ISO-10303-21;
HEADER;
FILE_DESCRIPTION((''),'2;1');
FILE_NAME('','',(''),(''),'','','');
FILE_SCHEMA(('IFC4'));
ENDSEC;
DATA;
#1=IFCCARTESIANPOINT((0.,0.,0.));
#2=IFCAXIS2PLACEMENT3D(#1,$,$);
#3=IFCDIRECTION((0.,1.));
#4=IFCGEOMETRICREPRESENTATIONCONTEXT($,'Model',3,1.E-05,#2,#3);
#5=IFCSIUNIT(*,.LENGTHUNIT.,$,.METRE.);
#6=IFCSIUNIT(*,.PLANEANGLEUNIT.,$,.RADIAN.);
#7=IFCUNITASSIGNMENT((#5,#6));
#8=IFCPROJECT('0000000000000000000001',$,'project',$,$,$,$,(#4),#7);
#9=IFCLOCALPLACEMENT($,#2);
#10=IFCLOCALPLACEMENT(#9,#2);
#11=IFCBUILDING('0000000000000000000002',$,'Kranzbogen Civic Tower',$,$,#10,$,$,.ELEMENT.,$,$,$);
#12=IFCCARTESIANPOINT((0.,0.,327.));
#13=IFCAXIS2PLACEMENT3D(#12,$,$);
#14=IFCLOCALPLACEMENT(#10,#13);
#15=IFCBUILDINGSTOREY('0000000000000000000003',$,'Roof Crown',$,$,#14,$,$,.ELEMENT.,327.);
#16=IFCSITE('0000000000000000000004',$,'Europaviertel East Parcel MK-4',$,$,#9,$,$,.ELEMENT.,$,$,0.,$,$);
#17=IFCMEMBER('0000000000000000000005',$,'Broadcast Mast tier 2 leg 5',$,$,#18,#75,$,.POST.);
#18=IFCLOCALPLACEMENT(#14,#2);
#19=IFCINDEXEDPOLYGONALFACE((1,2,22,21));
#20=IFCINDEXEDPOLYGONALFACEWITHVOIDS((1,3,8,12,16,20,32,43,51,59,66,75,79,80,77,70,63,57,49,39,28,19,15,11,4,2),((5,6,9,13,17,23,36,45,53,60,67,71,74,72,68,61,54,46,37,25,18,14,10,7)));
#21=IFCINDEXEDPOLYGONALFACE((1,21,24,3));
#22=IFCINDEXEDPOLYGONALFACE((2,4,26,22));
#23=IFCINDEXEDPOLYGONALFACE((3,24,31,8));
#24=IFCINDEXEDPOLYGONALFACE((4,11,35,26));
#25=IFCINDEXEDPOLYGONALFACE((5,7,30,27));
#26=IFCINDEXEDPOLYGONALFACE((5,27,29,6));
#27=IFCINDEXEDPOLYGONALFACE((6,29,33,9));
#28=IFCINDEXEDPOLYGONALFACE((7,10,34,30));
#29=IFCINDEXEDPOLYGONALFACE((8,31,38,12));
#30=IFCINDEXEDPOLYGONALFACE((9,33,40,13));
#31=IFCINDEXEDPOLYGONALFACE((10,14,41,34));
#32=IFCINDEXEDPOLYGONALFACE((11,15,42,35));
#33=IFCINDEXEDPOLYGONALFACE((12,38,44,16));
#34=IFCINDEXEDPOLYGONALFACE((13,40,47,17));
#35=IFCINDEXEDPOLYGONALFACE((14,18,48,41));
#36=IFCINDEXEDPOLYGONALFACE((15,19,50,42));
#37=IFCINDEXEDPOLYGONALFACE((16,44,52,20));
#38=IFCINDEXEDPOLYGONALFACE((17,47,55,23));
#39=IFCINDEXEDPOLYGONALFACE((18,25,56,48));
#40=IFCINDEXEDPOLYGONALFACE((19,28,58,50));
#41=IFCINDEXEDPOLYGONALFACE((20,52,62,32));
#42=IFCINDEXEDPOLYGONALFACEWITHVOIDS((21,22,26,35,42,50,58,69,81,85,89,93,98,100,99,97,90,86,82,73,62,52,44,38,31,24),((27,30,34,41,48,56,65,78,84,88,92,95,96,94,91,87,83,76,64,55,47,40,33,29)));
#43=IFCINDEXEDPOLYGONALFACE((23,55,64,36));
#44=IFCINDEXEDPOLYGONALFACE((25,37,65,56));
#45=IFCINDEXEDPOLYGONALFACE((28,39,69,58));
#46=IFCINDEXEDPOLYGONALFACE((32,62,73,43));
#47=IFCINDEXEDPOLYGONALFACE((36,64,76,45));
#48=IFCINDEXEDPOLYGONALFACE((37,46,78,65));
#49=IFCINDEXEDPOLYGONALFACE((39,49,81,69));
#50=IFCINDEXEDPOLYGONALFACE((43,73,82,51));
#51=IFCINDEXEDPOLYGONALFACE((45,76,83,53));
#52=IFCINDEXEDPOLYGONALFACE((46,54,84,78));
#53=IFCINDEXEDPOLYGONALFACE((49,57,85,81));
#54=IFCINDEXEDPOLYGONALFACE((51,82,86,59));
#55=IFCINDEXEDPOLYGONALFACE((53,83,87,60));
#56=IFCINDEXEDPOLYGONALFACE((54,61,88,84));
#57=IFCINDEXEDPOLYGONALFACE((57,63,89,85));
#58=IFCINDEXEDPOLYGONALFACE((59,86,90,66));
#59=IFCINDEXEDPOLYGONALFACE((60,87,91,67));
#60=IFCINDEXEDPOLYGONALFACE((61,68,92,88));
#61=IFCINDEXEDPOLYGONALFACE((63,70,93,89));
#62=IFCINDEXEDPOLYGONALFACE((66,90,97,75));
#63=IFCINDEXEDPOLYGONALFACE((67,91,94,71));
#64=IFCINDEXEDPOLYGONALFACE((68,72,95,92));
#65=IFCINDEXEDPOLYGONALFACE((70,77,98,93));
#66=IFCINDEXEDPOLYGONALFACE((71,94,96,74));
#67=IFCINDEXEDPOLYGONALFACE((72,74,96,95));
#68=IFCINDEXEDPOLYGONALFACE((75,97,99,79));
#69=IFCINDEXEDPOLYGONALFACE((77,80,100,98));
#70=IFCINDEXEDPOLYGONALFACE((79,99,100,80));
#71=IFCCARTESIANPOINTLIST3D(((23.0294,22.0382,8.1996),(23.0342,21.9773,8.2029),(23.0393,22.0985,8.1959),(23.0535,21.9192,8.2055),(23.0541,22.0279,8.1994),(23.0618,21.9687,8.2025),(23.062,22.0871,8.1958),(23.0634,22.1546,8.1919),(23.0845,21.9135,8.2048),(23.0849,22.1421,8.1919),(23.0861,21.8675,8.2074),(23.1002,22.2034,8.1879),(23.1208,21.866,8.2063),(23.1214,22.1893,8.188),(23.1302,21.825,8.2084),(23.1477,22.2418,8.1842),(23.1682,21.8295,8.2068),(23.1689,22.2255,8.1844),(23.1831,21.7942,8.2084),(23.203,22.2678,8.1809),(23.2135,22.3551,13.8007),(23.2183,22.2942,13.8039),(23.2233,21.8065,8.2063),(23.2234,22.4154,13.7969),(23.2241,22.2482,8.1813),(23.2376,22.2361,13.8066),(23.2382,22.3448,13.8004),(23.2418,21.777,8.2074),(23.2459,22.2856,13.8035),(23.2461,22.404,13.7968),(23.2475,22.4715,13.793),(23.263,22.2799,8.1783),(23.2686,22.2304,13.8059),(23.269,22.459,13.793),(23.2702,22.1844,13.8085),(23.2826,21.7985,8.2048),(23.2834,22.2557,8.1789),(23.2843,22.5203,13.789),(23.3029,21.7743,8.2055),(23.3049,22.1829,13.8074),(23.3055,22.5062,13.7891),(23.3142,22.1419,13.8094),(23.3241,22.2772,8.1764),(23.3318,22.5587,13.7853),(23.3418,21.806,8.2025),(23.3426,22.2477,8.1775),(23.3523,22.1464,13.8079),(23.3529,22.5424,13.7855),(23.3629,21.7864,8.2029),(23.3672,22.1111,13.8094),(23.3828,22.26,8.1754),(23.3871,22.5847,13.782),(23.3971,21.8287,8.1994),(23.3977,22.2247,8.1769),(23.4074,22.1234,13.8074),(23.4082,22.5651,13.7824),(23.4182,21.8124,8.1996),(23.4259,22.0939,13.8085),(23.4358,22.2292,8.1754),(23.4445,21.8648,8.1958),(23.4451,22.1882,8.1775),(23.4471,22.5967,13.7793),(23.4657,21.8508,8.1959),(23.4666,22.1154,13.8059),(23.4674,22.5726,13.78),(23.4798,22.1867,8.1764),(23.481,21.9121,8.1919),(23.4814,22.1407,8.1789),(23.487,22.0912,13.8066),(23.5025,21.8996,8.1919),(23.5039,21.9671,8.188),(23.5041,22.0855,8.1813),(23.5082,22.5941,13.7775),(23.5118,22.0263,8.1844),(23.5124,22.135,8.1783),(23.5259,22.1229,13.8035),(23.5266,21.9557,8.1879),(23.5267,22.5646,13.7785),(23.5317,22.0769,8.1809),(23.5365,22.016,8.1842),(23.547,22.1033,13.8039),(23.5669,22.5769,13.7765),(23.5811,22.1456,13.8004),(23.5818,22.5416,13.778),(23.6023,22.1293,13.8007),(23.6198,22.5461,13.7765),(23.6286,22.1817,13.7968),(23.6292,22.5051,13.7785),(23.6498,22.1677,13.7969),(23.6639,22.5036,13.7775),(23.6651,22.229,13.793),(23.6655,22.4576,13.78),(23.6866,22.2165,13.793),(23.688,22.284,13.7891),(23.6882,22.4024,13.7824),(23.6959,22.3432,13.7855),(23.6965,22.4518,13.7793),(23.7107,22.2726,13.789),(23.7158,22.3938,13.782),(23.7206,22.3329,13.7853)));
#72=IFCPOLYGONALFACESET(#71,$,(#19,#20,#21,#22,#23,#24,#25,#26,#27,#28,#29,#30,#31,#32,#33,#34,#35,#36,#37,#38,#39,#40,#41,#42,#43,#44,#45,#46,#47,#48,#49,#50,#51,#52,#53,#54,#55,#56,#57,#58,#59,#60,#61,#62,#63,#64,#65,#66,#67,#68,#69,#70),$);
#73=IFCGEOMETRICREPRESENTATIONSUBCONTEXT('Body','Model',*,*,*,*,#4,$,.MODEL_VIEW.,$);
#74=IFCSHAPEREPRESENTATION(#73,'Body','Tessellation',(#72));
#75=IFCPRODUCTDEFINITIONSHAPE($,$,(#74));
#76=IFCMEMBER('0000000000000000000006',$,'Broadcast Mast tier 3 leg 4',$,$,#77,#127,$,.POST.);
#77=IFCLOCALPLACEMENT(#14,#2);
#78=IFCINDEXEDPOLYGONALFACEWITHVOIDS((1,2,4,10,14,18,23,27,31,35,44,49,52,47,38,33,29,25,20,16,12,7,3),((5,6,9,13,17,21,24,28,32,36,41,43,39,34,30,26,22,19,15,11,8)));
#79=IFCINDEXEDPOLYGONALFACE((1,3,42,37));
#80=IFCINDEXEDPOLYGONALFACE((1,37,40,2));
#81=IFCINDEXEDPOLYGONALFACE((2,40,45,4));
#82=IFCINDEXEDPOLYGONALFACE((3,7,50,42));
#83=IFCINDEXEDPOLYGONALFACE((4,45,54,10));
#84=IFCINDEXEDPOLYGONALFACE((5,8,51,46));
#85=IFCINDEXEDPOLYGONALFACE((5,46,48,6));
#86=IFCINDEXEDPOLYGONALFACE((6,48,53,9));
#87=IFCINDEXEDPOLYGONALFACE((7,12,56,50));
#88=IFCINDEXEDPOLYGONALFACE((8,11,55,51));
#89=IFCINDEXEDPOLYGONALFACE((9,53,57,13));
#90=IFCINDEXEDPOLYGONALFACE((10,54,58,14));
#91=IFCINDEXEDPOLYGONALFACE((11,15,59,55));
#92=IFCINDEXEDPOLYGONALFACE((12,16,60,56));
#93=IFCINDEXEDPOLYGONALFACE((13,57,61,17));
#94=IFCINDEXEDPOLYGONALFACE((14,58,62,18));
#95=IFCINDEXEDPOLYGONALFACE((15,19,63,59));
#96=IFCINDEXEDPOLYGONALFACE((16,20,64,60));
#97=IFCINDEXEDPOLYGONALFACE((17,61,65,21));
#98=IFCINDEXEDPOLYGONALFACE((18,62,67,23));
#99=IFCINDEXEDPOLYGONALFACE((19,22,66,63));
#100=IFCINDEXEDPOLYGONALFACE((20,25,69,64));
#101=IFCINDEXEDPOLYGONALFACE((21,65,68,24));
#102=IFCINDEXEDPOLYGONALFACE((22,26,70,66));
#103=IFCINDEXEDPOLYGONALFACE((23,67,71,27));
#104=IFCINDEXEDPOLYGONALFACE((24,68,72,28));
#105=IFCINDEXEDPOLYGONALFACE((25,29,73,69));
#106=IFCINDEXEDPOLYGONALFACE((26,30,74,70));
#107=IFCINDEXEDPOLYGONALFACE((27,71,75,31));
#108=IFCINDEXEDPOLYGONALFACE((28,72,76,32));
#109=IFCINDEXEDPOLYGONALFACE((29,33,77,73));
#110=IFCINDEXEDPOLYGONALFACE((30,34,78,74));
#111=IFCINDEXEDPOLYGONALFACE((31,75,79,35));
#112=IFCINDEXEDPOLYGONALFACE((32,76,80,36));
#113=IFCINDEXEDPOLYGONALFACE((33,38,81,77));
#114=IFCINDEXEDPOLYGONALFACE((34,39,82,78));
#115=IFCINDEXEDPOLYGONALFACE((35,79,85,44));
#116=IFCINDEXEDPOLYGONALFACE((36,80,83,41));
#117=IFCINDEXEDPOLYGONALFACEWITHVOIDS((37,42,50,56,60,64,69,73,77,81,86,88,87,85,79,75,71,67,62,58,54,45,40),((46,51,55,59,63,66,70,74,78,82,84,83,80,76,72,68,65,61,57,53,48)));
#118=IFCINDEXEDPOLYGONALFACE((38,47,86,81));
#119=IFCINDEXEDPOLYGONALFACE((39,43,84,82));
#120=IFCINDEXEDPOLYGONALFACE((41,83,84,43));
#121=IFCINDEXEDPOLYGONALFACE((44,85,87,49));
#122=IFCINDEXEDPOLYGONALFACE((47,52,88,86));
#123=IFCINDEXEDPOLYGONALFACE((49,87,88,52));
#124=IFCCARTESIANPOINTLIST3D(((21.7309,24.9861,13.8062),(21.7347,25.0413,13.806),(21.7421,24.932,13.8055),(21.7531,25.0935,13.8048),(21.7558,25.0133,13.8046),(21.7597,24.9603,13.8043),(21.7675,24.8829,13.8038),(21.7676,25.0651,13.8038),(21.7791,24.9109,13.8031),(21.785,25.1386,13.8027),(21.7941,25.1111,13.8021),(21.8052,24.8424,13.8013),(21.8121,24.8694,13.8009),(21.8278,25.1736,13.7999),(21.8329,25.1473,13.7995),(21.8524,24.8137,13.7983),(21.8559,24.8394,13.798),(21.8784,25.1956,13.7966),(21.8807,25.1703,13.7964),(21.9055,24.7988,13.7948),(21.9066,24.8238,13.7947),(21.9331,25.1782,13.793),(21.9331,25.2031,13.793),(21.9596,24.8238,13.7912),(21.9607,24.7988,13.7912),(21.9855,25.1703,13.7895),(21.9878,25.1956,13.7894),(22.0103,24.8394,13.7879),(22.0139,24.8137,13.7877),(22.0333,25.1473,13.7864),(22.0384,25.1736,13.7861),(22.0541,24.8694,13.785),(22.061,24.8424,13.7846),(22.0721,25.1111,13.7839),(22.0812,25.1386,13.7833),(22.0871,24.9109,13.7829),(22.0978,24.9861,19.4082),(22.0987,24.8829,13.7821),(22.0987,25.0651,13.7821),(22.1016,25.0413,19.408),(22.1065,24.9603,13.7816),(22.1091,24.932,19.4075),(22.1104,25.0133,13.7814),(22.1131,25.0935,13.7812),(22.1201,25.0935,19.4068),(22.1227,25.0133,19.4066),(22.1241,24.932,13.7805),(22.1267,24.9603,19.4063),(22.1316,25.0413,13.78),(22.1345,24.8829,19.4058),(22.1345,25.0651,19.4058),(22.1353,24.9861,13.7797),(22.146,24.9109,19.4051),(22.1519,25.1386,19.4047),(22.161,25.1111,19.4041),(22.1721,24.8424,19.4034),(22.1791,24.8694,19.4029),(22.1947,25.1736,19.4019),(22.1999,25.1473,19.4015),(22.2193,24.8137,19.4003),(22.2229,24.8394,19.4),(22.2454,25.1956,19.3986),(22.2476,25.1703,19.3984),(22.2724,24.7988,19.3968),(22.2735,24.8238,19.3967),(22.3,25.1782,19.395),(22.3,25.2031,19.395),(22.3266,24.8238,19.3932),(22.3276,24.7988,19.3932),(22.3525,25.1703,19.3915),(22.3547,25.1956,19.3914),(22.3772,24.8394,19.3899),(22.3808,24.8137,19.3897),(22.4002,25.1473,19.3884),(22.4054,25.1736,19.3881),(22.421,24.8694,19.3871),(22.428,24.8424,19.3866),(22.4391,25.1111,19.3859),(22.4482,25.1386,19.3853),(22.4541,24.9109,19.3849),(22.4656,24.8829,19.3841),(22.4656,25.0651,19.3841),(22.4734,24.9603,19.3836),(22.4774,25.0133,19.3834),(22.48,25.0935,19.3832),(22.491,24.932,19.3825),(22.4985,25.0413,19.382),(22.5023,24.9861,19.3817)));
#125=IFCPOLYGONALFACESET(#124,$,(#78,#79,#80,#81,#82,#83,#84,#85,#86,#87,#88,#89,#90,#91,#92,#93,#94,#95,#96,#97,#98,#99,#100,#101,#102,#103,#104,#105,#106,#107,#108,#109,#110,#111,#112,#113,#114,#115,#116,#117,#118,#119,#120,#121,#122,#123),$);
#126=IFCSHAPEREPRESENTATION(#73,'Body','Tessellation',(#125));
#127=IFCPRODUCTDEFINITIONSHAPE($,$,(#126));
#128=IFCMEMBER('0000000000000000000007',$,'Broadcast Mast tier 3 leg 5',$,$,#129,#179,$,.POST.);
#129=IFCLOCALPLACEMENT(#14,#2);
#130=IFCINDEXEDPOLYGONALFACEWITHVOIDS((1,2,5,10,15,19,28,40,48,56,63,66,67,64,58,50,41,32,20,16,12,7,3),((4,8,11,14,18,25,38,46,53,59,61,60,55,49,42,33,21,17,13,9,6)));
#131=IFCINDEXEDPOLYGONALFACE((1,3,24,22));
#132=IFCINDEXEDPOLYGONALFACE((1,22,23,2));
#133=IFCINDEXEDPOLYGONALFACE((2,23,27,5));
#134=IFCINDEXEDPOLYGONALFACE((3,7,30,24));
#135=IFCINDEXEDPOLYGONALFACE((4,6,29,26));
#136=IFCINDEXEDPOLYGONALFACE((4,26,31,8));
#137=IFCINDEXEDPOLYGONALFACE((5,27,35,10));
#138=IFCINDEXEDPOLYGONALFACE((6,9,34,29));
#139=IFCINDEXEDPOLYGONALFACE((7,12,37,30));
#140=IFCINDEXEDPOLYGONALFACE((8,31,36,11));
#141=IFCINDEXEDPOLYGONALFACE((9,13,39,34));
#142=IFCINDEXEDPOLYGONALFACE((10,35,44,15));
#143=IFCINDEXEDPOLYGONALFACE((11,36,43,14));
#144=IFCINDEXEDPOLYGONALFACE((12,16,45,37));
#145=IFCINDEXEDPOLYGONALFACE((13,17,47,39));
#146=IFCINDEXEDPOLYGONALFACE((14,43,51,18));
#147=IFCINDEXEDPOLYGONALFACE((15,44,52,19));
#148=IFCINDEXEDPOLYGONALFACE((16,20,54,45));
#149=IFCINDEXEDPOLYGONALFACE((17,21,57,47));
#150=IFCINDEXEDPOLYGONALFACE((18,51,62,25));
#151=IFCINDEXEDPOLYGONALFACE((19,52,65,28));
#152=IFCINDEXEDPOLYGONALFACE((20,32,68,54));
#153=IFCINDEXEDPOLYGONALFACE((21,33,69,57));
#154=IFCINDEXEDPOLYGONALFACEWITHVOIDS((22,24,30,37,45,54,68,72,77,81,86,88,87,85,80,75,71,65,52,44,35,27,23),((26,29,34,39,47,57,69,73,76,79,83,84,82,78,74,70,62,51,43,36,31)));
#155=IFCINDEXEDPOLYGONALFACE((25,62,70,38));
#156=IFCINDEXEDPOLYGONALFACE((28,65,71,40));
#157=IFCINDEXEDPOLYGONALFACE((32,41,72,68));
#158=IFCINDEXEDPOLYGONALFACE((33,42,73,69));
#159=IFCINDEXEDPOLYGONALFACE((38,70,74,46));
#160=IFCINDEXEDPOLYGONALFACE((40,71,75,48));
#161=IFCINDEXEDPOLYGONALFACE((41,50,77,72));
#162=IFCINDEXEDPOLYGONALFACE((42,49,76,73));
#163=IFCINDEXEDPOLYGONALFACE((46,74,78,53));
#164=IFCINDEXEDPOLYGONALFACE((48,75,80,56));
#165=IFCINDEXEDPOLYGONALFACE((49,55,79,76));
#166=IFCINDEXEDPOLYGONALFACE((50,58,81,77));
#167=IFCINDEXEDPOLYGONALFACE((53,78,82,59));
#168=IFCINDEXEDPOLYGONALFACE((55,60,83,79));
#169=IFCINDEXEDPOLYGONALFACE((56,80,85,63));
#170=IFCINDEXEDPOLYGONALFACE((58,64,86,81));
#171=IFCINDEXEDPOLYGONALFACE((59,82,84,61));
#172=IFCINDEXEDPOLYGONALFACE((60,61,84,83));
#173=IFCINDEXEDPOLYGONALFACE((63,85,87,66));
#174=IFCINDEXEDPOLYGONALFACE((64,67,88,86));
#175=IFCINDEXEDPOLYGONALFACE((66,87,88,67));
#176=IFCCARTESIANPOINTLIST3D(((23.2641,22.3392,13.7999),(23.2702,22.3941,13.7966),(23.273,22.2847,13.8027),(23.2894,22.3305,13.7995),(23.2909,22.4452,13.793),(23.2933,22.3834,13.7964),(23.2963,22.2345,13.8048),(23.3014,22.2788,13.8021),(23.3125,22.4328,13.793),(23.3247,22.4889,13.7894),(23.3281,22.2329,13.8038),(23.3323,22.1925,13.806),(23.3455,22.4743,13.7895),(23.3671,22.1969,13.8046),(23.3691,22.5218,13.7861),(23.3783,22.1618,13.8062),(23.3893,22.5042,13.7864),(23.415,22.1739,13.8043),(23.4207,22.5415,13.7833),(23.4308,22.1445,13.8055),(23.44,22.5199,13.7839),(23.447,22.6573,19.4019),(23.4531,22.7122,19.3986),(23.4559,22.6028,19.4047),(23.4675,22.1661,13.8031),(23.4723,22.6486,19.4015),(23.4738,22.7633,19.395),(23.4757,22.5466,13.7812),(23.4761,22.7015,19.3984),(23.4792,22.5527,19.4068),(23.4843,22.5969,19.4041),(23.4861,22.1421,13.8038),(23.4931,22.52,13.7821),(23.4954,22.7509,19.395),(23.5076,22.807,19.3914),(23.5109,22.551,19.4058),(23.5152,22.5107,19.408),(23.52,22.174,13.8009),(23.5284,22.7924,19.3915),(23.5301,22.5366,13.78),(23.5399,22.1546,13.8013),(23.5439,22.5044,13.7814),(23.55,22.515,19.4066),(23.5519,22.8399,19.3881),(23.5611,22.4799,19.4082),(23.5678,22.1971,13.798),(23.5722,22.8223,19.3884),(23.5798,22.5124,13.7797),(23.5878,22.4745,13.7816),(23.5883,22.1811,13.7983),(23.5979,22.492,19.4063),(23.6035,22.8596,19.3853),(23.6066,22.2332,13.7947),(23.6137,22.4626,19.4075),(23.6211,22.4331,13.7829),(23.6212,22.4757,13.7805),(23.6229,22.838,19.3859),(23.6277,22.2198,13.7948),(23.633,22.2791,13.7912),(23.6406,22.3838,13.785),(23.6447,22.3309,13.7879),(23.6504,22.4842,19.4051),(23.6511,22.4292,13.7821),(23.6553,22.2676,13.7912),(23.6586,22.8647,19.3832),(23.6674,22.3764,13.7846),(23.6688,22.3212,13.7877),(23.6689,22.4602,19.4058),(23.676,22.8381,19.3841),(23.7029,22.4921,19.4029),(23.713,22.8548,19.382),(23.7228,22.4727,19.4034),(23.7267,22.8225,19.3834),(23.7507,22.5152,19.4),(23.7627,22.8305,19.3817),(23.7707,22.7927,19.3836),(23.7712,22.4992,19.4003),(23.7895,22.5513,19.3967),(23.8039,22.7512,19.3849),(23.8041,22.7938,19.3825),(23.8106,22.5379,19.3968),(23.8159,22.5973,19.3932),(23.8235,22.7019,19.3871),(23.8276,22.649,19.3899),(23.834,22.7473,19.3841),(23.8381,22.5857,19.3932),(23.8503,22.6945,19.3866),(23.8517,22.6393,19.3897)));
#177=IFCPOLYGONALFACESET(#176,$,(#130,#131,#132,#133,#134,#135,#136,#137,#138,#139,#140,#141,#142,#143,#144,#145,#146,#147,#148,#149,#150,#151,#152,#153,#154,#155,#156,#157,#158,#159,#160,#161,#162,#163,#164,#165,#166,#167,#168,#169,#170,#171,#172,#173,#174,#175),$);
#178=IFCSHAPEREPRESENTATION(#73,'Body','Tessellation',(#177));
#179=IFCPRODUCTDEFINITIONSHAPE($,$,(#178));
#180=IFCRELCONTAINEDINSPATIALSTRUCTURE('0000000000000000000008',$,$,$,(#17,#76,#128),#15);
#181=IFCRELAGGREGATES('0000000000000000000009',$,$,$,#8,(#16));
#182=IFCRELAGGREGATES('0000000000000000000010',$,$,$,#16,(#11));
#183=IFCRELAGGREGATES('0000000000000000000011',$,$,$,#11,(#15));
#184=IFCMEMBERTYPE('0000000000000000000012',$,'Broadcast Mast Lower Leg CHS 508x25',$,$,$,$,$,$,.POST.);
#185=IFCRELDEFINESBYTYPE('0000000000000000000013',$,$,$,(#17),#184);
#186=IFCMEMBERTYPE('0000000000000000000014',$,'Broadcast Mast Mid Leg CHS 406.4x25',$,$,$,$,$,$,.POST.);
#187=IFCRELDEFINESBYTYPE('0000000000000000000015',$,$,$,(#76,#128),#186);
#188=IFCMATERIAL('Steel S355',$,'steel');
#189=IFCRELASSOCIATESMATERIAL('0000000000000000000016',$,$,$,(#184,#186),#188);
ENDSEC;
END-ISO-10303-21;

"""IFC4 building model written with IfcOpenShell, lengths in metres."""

from ifc_helpers import new_model, si_unit, direction, frame, origin, origin_2d, place, context, subcontext, project, spatial, hollow_circle, extrude, material, material_profile, profile_set, type_object, element, save


model = new_model("IFC4")

# Units and contexts
model_context = context("Model", 3, precision=1e-05, world=origin(), true_north=direction((0.0, 1.0)))
body_context = subcontext(model_context, "Body", "Model", "MODEL_VIEW")
ifc_project = project(units=[si_unit("LENGTHUNIT", "METRE"), si_unit("PLANEANGLEUNIT", "RADIAN")], contexts=[model_context])

# Site, building, storey
site_placement = place(None, origin())
site = spatial("IfcSite", under=ifc_project, at=site_placement, Name="Europaviertel East Parcel MK-4", CompositionType="ELEMENT", RefElevation=0.0)
building_placement = place(site_placement, origin())
building = spatial("IfcBuilding", under=site, at=building_placement, Name="Kranzbogen Civic Tower", CompositionType="ELEMENT")
storey_placement = place(building_placement, frame((0.0, 0.0, 327.0)))
storey = spatial("IfcBuildingStorey", under=building, at=storey_placement, Name="Roof Crown", CompositionType="ELEMENT", Elevation=327.0)

# Members
ifc_material = material(Name="Steel S355", Category="steel")
ifc_material_profile_1 = material_profile(ifc_material, hollow_circle(Radius=0.2539, WallThickness=0.0249, at=origin_2d()), Name="CHS 508x25")
ifc_profile_set_1 = profile_set([ifc_material_profile_1], Name="Steel S355")
member_type_1 = type_object("IfcMemberType", Name="Broadcast Mast Lower Leg CHS 508x25", PredefinedType="POST", material=ifc_profile_set_1)
member_1_placement = place(storey_placement, frame((23.283, 22.0271, 8.1919), z_axis=(0.032795, 0.056457, 0.997866), x_axis=(-0.864696, 0.502296, 0.0)))
element("IfcMember", 1, at=member_1_placement, inside=storey, type_object=member_type_1, Name="Broadcast Mast tier 2 leg 5", PredefinedType="POST", context=body_context, shape_type="SweptSolid", body=[
    extrude(hollow_circle(Radius=0.2539, WallThickness=0.0249, at=origin_2d()), origin(), (0.0, 0.0, 1.0), 5.613),
])
ifc_material_profile_2 = material_profile(ifc_material, hollow_circle(Radius=0.2031, WallThickness=0.0249, at=origin_2d()), Name="CHS 406.4x25")
ifc_profile_set_2 = profile_set([ifc_material_profile_2], Name="Steel S355")
member_type_2 = type_object("IfcMemberType", Name="Broadcast Mast Mid Leg CHS 406.4x25", PredefinedType="POST", material=ifc_profile_set_2)
for number, where, z_axis, x_axis, name in (
    (2, (21.9331, 25.0, 13.793), (0.065362, 0.0, 0.997862), (0.0, 1.0, 0.0), "Broadcast Mast tier 3 leg 4"),
    (3, (23.467, 22.344, 13.793), (0.032572, 0.056664, 0.997862), (-0.866971, 0.498359, 0.0), "Broadcast Mast tier 3 leg 5"),
):
    element("IfcMember", number, at=place(storey_placement, frame(where, z_axis=z_axis, x_axis=x_axis)), inside=storey, type_object=member_type_2, Name=name, PredefinedType="POST", context=body_context, shape_type="SweptSolid", body=[
        extrude(hollow_circle(Radius=0.2031, WallThickness=0.0249, at=origin_2d()), origin(), (0.0, 0.0, 1.0), 5.614),
    ])

save(model, "model.ifc")
